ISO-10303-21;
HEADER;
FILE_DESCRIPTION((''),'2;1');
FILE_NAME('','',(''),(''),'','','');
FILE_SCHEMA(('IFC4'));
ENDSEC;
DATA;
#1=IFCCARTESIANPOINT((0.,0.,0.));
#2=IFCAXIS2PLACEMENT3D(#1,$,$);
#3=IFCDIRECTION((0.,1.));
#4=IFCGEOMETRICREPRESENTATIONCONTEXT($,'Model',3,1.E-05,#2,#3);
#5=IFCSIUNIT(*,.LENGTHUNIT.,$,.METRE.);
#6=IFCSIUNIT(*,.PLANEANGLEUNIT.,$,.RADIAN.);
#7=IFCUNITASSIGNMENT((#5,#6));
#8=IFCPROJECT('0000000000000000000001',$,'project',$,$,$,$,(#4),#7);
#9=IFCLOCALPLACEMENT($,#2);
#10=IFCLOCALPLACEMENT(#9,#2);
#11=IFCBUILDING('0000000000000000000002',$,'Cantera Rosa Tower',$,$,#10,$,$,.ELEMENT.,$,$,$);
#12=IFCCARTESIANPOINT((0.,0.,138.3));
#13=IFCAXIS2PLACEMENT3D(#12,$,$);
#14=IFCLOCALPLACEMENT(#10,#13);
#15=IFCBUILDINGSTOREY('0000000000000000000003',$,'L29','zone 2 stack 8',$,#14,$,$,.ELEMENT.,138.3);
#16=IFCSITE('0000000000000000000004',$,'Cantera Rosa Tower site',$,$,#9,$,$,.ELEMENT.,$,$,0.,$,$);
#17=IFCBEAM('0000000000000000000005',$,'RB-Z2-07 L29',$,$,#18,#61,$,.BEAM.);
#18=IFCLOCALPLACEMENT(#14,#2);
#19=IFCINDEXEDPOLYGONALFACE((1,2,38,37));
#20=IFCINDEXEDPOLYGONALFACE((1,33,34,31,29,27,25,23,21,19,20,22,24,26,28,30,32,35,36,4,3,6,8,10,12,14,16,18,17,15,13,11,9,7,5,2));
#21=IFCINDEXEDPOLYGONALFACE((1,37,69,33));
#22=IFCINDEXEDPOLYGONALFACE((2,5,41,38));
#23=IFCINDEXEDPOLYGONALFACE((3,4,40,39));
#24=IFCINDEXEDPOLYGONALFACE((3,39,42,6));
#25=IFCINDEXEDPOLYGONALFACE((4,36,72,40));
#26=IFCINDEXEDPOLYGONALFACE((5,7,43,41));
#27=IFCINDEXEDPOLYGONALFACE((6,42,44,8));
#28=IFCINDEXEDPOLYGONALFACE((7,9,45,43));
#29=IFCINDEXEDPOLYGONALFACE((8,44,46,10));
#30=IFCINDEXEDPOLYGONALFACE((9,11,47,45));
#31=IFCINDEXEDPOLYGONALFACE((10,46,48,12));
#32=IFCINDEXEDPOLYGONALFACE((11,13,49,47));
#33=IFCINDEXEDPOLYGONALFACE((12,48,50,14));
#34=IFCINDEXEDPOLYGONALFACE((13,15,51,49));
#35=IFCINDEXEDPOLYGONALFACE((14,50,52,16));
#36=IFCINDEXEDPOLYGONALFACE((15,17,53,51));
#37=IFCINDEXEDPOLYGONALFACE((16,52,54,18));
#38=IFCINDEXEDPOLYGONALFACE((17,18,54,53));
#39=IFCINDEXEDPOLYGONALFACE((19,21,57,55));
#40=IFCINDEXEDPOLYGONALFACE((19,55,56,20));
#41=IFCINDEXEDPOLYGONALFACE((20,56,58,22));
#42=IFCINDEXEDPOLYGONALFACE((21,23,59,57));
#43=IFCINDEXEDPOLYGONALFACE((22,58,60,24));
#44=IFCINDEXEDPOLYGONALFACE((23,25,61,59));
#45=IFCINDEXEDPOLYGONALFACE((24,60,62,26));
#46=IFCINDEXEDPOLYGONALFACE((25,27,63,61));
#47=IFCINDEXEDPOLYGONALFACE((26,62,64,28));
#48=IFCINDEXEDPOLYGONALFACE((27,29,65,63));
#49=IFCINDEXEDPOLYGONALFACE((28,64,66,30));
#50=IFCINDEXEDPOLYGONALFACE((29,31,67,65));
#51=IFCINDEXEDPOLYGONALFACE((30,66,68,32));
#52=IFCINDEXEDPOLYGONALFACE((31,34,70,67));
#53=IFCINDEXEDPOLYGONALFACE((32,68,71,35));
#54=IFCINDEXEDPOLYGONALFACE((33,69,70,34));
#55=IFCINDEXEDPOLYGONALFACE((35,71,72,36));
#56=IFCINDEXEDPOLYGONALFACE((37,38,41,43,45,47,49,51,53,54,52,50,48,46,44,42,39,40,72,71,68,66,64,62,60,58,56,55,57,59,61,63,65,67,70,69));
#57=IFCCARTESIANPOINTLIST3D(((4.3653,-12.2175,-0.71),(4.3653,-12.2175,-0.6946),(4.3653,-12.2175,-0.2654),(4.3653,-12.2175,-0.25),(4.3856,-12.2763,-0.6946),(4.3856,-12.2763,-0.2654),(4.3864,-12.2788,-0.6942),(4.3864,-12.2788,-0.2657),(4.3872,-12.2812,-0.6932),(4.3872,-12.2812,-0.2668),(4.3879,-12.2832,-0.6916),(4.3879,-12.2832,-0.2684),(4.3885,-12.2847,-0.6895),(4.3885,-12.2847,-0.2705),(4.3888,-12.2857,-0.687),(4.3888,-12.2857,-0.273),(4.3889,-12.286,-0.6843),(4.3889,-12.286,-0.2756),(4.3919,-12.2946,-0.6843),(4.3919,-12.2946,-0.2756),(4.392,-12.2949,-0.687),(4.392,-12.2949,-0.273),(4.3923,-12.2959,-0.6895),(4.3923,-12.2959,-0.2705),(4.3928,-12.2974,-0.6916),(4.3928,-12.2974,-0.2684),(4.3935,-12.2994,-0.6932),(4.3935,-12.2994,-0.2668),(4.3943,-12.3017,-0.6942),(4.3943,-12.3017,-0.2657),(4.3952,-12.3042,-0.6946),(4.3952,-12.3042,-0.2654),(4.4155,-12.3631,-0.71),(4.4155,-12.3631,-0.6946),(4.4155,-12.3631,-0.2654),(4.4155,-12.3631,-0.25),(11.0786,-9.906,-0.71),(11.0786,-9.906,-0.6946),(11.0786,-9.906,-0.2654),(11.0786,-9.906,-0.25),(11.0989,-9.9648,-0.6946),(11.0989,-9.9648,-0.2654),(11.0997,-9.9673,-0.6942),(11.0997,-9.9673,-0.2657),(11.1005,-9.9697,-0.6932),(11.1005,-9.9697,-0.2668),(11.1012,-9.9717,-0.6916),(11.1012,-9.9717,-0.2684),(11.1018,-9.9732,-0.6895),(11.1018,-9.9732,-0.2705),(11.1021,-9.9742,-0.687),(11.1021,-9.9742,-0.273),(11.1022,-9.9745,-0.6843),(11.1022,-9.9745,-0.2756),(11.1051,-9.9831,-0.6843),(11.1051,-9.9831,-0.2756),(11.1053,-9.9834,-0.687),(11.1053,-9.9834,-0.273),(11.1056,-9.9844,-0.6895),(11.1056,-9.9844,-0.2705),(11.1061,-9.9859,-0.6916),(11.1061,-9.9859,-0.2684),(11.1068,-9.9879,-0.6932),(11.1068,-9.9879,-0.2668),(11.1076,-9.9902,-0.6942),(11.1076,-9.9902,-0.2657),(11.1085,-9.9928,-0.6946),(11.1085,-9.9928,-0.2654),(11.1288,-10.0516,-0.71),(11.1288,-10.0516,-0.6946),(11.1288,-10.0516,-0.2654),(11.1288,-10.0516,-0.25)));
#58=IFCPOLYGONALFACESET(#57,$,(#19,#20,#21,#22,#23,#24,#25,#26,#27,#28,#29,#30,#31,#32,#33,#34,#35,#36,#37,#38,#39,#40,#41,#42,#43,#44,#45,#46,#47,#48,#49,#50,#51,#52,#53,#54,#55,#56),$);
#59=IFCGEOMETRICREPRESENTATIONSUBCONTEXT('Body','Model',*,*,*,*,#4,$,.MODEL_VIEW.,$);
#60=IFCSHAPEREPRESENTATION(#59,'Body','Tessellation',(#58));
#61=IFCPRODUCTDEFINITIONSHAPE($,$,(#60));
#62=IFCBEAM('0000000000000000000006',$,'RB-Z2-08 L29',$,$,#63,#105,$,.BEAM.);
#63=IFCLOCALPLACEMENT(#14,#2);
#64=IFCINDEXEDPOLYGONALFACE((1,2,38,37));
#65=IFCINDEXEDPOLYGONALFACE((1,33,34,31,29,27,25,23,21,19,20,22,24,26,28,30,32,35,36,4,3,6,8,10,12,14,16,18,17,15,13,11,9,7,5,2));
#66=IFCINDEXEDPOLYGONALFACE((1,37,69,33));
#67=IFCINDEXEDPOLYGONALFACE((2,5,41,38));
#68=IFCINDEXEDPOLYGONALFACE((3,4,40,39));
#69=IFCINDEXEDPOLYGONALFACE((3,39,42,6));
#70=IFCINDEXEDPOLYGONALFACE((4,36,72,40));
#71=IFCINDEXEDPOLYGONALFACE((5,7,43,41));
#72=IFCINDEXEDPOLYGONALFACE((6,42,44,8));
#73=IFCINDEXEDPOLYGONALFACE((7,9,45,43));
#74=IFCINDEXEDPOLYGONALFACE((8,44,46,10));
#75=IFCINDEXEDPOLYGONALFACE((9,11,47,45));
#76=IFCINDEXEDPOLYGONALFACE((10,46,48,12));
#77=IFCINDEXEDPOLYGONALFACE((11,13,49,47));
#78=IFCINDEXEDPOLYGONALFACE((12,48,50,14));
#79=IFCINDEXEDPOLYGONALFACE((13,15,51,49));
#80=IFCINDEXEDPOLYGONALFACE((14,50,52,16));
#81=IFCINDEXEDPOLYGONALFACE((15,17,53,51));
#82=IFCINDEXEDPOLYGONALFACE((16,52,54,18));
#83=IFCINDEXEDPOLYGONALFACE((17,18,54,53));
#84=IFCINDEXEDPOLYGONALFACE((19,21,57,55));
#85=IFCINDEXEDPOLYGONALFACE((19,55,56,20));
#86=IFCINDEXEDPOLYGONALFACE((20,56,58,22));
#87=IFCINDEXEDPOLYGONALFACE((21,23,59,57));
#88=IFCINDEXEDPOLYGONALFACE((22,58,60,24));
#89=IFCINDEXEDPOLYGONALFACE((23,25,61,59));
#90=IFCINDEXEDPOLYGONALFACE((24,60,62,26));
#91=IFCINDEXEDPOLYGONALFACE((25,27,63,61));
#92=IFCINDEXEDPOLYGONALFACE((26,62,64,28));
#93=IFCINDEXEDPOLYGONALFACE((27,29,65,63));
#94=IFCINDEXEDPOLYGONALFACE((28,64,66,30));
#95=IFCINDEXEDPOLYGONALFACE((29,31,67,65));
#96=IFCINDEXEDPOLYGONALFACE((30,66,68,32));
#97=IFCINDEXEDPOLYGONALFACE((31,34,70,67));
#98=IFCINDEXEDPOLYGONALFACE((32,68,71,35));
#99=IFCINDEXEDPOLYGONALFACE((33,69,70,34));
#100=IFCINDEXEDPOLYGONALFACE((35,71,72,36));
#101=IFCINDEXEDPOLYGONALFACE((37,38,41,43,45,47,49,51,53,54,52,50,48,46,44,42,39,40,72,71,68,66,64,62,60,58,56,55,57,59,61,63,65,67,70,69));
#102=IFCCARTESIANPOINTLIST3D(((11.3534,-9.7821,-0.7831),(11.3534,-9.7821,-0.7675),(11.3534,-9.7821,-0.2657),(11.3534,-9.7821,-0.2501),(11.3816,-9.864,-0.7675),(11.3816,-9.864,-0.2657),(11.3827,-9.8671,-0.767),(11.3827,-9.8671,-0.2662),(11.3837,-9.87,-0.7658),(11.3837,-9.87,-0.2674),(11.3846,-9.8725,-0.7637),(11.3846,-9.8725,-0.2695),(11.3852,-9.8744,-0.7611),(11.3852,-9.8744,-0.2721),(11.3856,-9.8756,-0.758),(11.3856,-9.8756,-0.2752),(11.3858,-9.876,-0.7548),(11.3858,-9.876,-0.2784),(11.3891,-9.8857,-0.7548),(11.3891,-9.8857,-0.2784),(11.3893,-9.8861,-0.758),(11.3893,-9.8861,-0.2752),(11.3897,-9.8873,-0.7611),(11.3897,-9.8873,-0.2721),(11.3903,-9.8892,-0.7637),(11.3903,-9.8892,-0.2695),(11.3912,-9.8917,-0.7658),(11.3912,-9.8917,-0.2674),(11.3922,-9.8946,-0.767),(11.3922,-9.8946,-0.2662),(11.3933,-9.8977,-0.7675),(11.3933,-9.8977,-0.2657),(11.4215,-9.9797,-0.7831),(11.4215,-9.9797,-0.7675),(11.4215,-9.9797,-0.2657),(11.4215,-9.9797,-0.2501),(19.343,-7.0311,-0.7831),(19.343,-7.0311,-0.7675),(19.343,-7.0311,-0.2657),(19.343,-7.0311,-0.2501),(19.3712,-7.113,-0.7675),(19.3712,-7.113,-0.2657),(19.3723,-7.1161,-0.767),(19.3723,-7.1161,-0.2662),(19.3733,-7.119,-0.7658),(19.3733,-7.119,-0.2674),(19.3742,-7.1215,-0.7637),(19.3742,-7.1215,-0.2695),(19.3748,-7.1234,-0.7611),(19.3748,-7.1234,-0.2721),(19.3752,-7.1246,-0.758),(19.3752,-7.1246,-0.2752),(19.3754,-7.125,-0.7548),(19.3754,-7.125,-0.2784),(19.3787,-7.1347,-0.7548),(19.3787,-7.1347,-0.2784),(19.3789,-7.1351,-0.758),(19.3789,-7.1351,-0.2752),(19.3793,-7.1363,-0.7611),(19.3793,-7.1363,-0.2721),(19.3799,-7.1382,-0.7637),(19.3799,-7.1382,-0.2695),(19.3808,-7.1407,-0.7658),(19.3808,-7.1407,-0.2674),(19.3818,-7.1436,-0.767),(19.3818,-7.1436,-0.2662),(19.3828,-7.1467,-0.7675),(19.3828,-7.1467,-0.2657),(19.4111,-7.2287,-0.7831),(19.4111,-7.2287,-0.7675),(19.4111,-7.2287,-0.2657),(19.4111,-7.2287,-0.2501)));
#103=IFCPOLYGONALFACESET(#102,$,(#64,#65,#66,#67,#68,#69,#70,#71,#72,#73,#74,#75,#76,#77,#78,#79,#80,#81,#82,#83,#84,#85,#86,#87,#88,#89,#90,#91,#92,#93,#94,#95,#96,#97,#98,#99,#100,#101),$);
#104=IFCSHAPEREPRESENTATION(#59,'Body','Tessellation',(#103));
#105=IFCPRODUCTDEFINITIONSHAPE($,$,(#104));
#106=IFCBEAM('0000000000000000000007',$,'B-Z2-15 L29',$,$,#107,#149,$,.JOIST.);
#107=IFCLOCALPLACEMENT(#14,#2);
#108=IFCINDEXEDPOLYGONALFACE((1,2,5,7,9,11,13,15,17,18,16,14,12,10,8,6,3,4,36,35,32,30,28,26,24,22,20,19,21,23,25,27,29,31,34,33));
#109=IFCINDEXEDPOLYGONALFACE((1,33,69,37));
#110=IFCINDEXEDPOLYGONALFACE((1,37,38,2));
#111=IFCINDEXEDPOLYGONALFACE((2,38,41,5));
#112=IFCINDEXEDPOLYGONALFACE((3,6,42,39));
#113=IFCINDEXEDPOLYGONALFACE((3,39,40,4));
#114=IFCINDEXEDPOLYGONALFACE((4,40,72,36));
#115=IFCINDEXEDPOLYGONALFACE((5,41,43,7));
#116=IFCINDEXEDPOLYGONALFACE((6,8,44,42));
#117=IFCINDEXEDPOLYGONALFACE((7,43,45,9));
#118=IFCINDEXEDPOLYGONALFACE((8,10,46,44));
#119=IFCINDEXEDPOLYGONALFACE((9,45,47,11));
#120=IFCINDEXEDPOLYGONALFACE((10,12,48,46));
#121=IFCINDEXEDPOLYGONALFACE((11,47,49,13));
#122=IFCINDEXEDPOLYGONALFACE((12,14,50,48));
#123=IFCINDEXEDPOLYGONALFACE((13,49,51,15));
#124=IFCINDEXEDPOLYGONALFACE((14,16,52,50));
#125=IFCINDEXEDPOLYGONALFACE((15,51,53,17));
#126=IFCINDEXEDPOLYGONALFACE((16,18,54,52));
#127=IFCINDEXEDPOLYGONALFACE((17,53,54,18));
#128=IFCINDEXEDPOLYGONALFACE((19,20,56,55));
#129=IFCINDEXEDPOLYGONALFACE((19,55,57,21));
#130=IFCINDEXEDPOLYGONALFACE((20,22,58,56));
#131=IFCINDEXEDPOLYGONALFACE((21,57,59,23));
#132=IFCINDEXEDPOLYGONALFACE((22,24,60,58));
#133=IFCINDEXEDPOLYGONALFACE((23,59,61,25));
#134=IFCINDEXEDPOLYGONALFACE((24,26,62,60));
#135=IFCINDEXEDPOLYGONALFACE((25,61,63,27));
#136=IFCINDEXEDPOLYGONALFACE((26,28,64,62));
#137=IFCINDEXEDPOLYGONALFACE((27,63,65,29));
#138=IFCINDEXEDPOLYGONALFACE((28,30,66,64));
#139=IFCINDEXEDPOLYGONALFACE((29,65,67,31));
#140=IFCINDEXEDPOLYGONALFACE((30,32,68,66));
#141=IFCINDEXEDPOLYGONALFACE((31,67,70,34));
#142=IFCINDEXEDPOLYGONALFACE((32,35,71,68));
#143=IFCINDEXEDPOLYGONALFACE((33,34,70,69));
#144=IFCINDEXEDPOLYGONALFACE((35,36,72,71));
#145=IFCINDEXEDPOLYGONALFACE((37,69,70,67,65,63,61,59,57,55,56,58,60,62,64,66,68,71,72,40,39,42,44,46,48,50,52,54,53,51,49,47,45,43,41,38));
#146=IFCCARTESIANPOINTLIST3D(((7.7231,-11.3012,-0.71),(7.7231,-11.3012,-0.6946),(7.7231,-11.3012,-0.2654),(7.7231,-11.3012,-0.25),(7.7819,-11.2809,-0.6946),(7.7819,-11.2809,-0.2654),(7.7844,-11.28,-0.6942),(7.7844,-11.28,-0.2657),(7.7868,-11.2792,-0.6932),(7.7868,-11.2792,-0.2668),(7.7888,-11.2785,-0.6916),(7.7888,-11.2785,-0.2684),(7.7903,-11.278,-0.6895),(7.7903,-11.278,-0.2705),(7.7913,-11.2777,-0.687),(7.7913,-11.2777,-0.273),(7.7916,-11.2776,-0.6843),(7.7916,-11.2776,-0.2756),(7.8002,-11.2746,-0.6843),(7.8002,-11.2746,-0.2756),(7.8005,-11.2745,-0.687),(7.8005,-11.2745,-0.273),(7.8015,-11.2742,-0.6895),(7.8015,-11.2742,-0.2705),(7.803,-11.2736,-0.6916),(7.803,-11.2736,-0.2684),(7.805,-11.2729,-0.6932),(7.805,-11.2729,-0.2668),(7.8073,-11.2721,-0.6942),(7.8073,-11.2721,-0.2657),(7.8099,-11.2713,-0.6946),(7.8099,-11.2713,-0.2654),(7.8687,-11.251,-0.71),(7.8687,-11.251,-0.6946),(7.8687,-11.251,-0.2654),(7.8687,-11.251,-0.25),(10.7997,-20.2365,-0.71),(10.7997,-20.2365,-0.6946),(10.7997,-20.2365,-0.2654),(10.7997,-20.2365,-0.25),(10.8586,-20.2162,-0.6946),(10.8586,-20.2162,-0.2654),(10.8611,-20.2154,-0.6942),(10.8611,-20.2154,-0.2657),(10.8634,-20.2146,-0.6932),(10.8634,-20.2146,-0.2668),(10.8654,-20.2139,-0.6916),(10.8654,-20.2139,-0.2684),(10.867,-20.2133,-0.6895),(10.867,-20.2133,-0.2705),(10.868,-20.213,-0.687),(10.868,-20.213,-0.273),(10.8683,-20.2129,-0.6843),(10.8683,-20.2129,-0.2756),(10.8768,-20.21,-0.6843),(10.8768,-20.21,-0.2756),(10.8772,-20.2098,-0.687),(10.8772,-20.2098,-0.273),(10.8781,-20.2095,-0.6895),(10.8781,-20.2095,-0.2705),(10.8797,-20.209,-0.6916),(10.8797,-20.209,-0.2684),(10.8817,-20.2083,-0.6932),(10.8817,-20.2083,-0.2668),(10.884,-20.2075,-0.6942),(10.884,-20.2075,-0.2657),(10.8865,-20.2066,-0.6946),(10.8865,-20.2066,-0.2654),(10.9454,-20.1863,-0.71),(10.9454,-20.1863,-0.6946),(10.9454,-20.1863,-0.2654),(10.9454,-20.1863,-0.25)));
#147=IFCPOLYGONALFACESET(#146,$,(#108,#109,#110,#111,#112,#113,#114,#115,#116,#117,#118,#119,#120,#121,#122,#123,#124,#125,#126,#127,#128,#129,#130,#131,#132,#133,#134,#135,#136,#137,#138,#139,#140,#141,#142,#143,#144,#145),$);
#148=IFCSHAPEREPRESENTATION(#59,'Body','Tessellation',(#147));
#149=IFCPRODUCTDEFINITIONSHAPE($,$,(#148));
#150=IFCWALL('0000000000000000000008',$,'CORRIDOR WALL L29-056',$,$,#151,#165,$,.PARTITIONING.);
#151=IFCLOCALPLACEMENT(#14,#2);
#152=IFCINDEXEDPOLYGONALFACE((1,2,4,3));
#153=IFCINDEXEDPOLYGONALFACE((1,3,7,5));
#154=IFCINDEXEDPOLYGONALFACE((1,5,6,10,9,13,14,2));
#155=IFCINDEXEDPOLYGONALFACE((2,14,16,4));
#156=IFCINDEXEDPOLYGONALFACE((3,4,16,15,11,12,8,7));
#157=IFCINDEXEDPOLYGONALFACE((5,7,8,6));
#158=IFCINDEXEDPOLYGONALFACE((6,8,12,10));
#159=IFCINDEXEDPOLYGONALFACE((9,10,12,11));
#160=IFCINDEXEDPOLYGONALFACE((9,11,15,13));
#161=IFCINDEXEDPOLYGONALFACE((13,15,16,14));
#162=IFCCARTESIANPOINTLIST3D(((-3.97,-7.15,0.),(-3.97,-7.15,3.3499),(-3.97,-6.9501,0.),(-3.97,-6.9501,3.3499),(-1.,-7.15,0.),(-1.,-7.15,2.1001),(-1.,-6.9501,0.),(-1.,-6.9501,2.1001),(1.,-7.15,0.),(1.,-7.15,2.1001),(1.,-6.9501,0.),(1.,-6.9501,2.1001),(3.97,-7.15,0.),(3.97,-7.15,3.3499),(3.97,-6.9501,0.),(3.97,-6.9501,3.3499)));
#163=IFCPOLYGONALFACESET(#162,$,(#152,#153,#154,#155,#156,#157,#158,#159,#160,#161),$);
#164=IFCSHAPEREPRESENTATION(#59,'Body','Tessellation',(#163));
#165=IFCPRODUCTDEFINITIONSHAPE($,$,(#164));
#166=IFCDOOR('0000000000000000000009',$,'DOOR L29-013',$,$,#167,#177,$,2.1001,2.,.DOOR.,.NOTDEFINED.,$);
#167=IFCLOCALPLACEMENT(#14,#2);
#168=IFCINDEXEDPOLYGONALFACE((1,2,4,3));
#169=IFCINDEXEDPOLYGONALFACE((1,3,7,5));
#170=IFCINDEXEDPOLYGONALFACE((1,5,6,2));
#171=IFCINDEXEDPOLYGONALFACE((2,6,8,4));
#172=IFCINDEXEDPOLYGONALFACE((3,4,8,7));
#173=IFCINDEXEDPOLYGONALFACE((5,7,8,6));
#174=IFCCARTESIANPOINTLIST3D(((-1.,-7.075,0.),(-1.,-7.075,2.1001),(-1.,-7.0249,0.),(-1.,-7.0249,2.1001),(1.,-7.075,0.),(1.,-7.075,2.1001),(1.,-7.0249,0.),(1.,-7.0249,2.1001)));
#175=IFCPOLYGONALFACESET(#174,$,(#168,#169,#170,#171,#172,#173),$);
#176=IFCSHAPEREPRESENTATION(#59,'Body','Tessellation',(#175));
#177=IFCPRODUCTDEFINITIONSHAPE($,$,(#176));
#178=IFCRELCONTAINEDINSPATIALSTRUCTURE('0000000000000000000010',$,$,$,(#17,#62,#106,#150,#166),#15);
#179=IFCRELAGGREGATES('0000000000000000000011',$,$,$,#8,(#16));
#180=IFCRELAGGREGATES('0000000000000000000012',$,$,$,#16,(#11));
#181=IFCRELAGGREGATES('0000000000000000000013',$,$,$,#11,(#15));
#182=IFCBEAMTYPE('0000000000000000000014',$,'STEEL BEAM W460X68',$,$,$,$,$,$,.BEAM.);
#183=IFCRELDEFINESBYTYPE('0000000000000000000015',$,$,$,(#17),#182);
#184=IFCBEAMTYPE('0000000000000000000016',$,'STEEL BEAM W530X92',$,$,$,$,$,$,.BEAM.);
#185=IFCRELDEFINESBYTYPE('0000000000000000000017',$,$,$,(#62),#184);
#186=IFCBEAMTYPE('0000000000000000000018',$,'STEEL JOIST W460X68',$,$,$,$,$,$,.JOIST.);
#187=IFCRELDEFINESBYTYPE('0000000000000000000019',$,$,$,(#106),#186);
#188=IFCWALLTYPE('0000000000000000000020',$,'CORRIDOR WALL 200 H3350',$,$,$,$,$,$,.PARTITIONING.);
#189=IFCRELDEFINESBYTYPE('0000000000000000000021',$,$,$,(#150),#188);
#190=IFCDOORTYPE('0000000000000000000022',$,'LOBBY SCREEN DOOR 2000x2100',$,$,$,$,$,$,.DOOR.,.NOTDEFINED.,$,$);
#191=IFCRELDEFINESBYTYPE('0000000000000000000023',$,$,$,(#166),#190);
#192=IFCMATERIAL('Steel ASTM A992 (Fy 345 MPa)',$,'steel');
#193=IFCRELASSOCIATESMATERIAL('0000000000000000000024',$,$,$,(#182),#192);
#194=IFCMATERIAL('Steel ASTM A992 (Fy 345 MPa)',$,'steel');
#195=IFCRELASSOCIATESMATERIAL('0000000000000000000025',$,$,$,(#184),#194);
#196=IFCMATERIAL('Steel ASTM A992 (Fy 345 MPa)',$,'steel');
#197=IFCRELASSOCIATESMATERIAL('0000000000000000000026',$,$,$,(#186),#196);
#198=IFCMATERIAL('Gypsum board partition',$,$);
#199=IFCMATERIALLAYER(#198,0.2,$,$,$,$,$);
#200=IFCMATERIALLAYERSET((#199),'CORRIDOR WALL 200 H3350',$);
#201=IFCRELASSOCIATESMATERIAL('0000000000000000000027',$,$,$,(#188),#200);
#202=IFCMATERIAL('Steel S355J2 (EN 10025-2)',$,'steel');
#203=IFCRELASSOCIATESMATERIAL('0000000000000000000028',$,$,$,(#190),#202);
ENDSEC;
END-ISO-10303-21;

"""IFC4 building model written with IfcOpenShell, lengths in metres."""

from ifc_helpers import new_model, si_unit, direction, frame, frame_2d, origin, origin_2d, place, context, subcontext, project, spatial, rectangle, i_section, extrude, material, layer, layer_set, material_profile, profile_set, type_object, element, fill, save


model = new_model("IFC4")

# Units and contexts
model_context = context("Model", 3, precision=1e-05, world=origin(), true_north=direction((0.0, 1.0)))
body_context = subcontext(model_context, "Body", "Model", "MODEL_VIEW")
ifc_project = project(units=[si_unit("LENGTHUNIT", "METRE"), si_unit("PLANEANGLEUNIT", "RADIAN")], contexts=[model_context])

# Site, building, storey
site_placement = place(None, origin())
site = spatial("IfcSite", under=ifc_project, at=site_placement, Name="Cantera Rosa Tower site", CompositionType="ELEMENT", RefElevation=0.0)
building_placement = place(site_placement, origin())
building = spatial("IfcBuilding", under=site, at=building_placement, Name="Cantera Rosa Tower", CompositionType="ELEMENT")
storey_placement = place(building_placement, frame((0.0, 0.0, 138.3)))
storey = spatial("IfcBuildingStorey", under=building, at=storey_placement, Name="L29", Description="zone 2 stack 8", CompositionType="ELEMENT", Elevation=138.3)

# Beams
ifc_material_1 = material(Name="Steel ASTM A992 (Fy 345 MPa)", Category="steel")
ifc_material_profile_1 = material_profile(ifc_material_1, i_section(OverallWidth=0.1541, OverallDepth=0.46, WebThickness=0.009, FlangeThickness=0.0154, FilletRadius=0.0103, at=origin_2d()), Name="W460X68")
ifc_profile_set_1 = profile_set([ifc_material_profile_1], Name="Steel ASTM A992 (Fy 345 MPa)")
beam_type_1 = type_object("IfcBeamType", Name="STEEL BEAM W460X68", PredefinedType="BEAM", material=ifc_profile_set_1)
beam_1_placement = place(storey_placement, frame((4.3904, -12.2903, -0.48), z_axis=(0.945522, 0.325558, 0.0), x_axis=(-0.325558, 0.945522, 0.0)))
element("IfcBeam", 1, at=beam_1_placement, inside=storey, type_object=beam_type_1, Name="RB-Z2-07 L29", PredefinedType="BEAM", context=body_context, shape_type="SweptSolid", body=[
    extrude(i_section(OverallWidth=0.1541, OverallDepth=0.46, WebThickness=0.009, FlangeThickness=0.0154, FilletRadius=0.0103, at=origin_2d()), origin(), (0.0, 0.0, 1.0), 7.1001),
])
ifc_material_2 = material(Name="Steel ASTM A992 (Fy 345 MPa)", Category="steel")
ifc_material_profile_2 = material_profile(ifc_material_2, i_section(OverallWidth=0.209, OverallDepth=0.533, WebThickness=0.0103, FlangeThickness=0.0156, FilletRadius=0.0127, at=origin_2d()), Name="W530X92")
ifc_profile_set_2 = profile_set([ifc_material_profile_2], Name="Steel ASTM A992 (Fy 345 MPa)")
beam_type_2 = type_object("IfcBeamType", Name="STEEL BEAM W530X92", PredefinedType="BEAM", material=ifc_profile_set_2)
beam_2_placement = place(storey_placement, frame((11.3875, -9.8809, -0.5166), z_axis=(0.94552, 0.325565, 0.0), x_axis=(-0.325565, 0.94552, 0.0)))
element("IfcBeam", 2, at=beam_2_placement, inside=storey, type_object=beam_type_2, Name="RB-Z2-08 L29", PredefinedType="BEAM", context=body_context, shape_type="SweptSolid", body=[
    extrude(i_section(OverallWidth=0.209, OverallDepth=0.533, WebThickness=0.0103, FlangeThickness=0.0156, FilletRadius=0.0127, at=origin_2d()), origin(), (0.0, 0.0, 1.0), 8.45),
])
ifc_material_3 = material(Name="Steel ASTM A992 (Fy 345 MPa)", Category="steel")
ifc_material_profile_3 = material_profile(ifc_material_3, i_section(OverallWidth=0.1541, OverallDepth=0.46, WebThickness=0.009, FlangeThickness=0.0154, FilletRadius=0.0103, at=origin_2d()), Name="W460X68")
ifc_profile_set_3 = profile_set([ifc_material_profile_3], Name="Steel ASTM A992 (Fy 345 MPa)")
beam_type_3 = type_object("IfcBeamType", Name="STEEL JOIST W460X68", PredefinedType="JOIST", material=ifc_profile_set_3)
beam_3_placement = place(storey_placement, frame((10.8726, -20.2114, -0.48), z_axis=(-0.325567, 0.945519, 0.0), x_axis=(-0.945519, -0.325567, 0.0)))
element("IfcBeam", 3, at=beam_3_placement, inside=storey, type_object=beam_type_3, Name="B-Z2-15 L29", PredefinedType="JOIST", context=body_context, shape_type="SweptSolid", body=[
    extrude(i_section(OverallWidth=0.1541, OverallDepth=0.46, WebThickness=0.009, FlangeThickness=0.0154, FilletRadius=0.0103, at=origin_2d()), origin(), (0.0, 0.0, 1.0), 9.4502),
])

# Wall, opening, door
ifc_material_4 = material(Name="Gypsum board partition")
ifc_layer_1 = layer(ifc_material_4, 0.2)
ifc_layer_set_1 = layer_set([ifc_layer_1], Name="CORRIDOR WALL 200 H3350")
wall_type_1 = type_object("IfcWallType", Name="CORRIDOR WALL 200 H3350", PredefinedType="PARTITIONING", material=ifc_layer_set_1)
wall_1_placement = place(storey_placement, frame((3.97, -7.05, 0.0), z_axis=(0.0, 0.0, 1.0), x_axis=(-1.0, 0.0, 0.0)))
wall_1 = element("IfcWall", 4, at=wall_1_placement, inside=storey, type_object=wall_type_1, Name="CORRIDOR WALL L29-056", PredefinedType="PARTITIONING", context=body_context, shape_type="SweptSolid", body=[
    extrude(rectangle(XDim=7.9399, YDim=0.2, at=frame_2d((3.97, 0.0))), origin(), (0.0, 0.0, 1.0), 3.3499),
])
opening_1_placement = place(wall_1_placement, frame((2.97, 0.0, 0.0)))
opening_1 = element("IfcOpeningElement", 5, at=opening_1_placement, cuts=wall_1, PredefinedType="OPENING", context=body_context, shape_type="SweptSolid", body=[
    extrude(rectangle(XDim=2.0, YDim=2.1001, at=frame_2d((1.0, 1.05))), frame((0.0, 0.1099, 0.0), z_axis=(0.0, -1.0, 0.0), x_axis=(1.0, 0.0, 0.0)), (0.0, 0.0, 1.0), 0.22),
])
ifc_material_5 = material(Name="Steel S355J2 (EN 10025-2)", Category="steel")
door_type_1 = type_object("IfcDoorType", Name="LOBBY SCREEN DOOR 2000x2100", OperationType="NOTDEFINED", PredefinedType="DOOR", material=ifc_material_5)
door_1_placement = place(opening_1_placement, origin())
door_1 = element("IfcDoor", 6, at=door_1_placement, inside=storey, type_object=door_type_1, Name="DOOR L29-013", OperationType="NOTDEFINED", OverallHeight=2.1001, OverallWidth=2.0, PredefinedType="DOOR", context=body_context, shape_type="SweptSolid", body=[
    extrude(rectangle(XDim=2.0, YDim=2.1001, at=frame_2d((1.0, 1.05))), frame((0.0, 0.0249, 0.0), z_axis=(0.0, -1.0, 0.0), x_axis=(1.0, 0.0, 0.0)), (0.0, 0.0, 1.0), 0.05),
])
fill(opening_1, door_1)

save(model, "model.ifc")
